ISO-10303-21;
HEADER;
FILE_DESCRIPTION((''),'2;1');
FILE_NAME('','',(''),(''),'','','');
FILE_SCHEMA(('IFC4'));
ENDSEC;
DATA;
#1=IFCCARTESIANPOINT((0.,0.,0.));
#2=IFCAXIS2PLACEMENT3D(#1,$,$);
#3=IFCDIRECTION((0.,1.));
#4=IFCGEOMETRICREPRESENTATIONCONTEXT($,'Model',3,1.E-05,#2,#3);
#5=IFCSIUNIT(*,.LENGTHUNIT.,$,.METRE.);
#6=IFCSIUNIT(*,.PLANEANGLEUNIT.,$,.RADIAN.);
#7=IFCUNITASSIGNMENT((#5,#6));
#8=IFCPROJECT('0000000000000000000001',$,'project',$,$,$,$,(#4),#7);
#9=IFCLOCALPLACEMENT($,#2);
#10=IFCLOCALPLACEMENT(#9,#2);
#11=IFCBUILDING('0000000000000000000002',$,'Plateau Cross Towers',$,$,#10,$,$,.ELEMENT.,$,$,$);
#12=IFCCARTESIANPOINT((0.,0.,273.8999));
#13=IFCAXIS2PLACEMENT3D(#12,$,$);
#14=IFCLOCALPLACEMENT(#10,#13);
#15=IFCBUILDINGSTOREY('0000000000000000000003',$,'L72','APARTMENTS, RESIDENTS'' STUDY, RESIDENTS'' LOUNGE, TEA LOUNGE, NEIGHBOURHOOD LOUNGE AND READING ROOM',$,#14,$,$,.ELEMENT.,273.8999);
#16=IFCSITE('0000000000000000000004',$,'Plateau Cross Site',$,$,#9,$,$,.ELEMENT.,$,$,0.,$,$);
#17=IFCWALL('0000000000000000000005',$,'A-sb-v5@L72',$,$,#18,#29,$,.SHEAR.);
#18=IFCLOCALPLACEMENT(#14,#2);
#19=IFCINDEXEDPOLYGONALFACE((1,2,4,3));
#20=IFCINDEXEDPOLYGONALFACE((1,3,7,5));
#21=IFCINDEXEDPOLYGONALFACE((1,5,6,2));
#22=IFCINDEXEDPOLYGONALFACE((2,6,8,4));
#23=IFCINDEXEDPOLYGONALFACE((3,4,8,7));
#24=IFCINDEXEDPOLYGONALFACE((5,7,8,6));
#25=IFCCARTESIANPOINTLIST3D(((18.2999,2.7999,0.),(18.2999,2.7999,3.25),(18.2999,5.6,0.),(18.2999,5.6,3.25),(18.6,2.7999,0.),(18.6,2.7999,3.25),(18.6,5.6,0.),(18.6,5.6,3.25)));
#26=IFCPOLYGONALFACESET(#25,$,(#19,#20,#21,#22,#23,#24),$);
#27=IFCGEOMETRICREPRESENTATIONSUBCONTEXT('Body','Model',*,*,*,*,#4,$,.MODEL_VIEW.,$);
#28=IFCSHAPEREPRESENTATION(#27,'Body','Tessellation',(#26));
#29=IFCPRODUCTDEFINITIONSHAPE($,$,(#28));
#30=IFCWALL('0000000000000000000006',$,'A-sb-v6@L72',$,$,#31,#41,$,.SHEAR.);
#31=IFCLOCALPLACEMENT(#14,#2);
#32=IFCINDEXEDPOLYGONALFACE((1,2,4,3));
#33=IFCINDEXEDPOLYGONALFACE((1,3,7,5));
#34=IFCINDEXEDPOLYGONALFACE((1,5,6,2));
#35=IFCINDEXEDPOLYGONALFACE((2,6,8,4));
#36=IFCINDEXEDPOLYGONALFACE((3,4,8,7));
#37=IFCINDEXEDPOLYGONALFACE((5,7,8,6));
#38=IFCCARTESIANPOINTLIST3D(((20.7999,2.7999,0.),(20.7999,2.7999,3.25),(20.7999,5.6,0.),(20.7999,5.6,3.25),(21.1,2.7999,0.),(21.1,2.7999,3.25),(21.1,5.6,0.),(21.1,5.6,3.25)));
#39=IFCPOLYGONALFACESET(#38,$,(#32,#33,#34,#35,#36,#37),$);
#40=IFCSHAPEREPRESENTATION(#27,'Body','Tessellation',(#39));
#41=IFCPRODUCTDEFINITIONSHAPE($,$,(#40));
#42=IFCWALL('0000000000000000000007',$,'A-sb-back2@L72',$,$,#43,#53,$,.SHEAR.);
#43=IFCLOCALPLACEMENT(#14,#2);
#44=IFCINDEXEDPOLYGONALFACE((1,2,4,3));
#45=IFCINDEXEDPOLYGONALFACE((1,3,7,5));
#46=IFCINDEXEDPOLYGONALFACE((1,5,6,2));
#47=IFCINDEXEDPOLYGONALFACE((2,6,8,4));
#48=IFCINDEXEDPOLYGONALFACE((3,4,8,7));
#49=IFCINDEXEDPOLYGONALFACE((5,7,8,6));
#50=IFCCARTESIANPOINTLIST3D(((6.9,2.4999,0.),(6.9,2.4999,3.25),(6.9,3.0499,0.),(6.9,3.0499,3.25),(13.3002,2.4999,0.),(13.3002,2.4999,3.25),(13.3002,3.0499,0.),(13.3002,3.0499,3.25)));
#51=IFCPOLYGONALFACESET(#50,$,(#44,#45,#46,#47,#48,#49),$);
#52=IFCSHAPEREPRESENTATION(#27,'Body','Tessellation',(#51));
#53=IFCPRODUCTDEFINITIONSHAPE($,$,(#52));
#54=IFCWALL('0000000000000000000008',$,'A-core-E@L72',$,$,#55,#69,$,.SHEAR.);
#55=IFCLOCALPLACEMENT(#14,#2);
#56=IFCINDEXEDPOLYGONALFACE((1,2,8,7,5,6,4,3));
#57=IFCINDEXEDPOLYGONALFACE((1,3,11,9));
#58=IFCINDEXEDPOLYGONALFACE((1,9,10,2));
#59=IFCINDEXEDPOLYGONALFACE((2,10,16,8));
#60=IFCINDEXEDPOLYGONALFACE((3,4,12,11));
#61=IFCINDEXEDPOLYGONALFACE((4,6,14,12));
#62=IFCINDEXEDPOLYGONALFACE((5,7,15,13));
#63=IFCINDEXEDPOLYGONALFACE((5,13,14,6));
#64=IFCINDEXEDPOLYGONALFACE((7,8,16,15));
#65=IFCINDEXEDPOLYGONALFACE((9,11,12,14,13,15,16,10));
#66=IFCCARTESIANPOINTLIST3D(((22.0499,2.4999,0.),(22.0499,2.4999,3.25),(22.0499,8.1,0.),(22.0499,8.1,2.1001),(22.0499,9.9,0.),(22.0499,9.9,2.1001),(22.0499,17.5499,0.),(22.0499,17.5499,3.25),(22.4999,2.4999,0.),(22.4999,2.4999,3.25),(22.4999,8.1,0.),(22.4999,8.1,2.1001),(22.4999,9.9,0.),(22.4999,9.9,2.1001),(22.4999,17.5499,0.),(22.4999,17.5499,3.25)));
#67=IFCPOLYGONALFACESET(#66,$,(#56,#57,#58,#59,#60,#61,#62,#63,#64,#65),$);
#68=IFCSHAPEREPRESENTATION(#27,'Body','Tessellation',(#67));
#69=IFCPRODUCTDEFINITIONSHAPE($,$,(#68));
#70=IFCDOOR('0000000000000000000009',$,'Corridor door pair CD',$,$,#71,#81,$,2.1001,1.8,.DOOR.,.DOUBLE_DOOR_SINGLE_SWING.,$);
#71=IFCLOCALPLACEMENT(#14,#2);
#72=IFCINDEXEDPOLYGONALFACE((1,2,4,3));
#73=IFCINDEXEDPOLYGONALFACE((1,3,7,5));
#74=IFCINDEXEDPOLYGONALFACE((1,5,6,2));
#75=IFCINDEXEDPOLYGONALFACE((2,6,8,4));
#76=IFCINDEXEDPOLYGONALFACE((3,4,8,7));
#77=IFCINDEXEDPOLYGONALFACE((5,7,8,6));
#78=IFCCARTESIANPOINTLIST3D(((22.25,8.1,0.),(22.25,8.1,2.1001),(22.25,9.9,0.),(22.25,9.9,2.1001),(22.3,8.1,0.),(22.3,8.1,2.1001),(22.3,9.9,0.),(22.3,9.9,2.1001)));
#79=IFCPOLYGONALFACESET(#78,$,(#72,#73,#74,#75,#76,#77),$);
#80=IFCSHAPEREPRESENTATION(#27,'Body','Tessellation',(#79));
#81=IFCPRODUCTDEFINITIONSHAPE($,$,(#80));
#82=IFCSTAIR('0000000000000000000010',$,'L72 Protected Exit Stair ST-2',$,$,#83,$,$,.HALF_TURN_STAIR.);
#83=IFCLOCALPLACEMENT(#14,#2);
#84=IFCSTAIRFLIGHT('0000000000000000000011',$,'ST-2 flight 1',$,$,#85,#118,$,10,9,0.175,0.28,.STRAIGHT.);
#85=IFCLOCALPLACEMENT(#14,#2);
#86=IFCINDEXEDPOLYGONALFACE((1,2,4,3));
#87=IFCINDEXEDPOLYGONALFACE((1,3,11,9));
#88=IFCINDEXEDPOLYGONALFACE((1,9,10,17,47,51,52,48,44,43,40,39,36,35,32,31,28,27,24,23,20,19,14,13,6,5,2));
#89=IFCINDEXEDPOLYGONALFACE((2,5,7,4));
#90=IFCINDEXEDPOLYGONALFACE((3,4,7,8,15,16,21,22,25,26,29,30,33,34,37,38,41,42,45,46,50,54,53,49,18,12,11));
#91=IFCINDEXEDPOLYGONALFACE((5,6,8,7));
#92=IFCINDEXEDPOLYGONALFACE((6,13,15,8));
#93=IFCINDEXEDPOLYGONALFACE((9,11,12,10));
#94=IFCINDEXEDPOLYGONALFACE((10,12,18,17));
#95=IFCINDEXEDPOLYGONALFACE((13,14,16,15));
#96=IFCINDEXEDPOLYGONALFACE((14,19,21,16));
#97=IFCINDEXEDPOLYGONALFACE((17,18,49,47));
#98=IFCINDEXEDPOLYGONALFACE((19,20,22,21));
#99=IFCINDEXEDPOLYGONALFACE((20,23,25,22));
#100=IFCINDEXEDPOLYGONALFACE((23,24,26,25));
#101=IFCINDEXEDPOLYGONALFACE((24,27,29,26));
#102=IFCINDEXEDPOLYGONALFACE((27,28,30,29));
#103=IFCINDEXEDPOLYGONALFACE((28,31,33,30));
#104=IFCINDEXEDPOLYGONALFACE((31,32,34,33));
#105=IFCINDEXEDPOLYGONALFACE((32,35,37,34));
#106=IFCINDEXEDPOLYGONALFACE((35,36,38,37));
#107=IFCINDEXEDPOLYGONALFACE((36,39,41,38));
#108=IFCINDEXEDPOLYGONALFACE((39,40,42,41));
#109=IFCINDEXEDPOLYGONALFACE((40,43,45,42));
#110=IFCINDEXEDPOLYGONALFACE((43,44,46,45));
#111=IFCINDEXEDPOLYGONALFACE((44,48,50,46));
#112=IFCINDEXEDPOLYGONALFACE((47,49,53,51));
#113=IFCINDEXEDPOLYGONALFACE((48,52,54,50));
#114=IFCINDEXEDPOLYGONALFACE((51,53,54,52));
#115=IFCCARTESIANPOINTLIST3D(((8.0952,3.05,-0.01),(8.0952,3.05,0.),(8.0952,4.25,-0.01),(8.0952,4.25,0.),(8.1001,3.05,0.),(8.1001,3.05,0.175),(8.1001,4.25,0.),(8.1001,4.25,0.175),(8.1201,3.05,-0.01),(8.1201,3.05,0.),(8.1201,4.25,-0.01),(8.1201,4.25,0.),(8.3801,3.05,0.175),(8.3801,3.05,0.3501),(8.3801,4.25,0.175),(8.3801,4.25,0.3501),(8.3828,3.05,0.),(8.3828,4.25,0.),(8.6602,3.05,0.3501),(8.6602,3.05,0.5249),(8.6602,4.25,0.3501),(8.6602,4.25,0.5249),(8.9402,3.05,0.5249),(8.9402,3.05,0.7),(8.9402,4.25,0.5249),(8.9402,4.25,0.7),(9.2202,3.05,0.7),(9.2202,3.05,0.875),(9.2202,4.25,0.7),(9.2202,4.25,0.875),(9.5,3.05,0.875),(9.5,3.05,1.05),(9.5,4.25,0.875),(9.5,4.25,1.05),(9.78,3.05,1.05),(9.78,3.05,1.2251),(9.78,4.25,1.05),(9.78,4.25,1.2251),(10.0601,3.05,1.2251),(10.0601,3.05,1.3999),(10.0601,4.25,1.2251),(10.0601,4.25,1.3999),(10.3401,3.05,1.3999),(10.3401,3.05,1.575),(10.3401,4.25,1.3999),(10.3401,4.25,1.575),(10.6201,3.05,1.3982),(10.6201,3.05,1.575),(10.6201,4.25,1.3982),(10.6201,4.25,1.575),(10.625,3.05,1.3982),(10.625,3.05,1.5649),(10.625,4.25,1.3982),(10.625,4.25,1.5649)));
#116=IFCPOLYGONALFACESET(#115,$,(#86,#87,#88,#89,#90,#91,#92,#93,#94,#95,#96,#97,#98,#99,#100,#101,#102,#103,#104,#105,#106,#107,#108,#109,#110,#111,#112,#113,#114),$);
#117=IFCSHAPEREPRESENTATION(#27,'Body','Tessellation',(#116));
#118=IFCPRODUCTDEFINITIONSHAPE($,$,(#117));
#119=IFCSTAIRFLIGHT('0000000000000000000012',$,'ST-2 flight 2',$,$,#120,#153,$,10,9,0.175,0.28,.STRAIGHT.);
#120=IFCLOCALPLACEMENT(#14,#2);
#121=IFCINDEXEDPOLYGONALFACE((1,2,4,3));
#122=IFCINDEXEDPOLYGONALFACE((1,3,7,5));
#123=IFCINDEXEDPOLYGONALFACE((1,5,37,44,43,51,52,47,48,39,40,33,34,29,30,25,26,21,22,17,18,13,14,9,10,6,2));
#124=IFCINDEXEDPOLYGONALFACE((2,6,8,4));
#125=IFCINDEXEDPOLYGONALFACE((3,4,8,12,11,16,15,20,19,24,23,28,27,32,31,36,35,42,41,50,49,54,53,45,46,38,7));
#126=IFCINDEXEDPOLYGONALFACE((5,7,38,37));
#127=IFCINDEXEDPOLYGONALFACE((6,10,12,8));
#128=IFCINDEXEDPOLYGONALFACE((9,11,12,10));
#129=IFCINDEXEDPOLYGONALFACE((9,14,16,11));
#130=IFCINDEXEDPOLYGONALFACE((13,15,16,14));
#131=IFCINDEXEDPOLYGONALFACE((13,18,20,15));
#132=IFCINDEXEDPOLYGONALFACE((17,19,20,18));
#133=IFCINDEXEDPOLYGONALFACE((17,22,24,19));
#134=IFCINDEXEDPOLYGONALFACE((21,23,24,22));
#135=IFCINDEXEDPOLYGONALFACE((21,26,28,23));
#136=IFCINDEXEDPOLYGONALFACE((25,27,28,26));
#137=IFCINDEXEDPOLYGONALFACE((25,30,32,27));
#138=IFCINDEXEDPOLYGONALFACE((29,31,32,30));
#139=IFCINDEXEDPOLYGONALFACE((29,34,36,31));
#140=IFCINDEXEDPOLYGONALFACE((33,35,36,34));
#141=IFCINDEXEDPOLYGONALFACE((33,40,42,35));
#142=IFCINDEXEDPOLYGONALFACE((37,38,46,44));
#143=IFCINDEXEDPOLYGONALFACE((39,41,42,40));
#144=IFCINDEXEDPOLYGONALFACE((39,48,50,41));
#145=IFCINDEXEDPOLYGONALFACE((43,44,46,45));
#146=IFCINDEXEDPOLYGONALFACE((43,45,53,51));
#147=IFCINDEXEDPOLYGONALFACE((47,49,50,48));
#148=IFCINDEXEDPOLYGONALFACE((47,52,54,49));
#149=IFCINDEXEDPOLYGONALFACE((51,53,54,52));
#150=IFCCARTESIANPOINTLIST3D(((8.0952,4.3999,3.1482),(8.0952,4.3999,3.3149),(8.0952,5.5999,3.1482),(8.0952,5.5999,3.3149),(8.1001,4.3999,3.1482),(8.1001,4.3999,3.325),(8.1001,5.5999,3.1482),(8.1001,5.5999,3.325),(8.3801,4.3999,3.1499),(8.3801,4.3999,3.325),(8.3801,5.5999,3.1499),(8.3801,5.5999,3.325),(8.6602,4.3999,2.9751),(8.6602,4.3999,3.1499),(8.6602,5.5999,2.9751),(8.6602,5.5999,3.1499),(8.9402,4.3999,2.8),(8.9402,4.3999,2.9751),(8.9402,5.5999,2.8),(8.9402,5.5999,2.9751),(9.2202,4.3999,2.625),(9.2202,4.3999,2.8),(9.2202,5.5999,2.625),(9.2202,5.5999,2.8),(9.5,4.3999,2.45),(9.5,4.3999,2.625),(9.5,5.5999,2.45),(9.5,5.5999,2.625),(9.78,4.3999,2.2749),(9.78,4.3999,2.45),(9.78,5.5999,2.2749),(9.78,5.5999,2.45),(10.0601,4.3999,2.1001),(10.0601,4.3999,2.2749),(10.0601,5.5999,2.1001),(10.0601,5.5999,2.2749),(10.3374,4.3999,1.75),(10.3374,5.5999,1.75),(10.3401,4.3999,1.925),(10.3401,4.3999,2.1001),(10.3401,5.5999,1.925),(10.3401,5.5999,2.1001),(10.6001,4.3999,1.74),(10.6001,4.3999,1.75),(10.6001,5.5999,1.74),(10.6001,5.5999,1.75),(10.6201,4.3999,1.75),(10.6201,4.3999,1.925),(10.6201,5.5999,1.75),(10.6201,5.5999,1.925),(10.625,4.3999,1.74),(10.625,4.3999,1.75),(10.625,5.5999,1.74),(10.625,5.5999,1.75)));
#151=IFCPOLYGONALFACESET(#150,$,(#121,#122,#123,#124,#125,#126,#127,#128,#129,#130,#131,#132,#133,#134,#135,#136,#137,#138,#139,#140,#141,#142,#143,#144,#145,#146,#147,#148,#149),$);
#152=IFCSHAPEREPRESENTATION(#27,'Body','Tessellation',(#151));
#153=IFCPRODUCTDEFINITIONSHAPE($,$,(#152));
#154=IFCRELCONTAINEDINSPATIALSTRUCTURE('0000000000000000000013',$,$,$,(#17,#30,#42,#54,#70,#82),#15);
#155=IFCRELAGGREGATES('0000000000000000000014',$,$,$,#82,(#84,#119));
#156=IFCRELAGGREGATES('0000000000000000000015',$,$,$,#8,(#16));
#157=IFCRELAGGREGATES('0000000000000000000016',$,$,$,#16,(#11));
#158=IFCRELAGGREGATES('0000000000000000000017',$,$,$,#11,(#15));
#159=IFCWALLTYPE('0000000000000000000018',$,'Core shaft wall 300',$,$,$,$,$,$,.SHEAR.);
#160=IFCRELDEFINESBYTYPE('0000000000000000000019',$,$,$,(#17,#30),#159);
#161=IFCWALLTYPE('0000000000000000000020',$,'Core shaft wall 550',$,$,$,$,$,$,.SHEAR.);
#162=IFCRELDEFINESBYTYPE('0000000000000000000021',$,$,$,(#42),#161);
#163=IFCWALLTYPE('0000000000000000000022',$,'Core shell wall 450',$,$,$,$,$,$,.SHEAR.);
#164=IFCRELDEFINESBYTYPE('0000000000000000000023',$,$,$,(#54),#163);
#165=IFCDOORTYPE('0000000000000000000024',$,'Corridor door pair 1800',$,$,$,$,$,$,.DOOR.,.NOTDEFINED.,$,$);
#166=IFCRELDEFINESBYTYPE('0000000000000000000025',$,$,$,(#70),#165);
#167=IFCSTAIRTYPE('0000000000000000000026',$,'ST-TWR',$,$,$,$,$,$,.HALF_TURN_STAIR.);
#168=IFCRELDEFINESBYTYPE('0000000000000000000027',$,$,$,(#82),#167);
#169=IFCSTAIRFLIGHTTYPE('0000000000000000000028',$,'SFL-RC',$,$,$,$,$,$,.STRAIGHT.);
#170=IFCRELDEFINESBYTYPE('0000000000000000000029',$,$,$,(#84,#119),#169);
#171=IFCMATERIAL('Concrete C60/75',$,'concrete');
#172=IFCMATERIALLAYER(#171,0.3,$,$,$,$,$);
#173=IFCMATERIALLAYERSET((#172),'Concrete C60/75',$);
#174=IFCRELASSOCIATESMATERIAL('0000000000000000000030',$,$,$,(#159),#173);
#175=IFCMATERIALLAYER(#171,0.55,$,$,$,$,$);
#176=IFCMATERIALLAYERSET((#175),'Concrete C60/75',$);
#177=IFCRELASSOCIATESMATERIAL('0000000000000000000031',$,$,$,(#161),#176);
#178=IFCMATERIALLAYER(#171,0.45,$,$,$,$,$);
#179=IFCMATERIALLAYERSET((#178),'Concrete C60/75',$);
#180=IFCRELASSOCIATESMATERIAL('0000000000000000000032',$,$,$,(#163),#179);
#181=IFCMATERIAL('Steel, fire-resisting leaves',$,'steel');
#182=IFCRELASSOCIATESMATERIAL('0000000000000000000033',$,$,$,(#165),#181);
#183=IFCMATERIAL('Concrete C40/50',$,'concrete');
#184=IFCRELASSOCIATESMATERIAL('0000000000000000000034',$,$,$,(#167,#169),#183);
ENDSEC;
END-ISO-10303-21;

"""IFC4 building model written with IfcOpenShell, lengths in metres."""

from ifc_helpers import new_model, si_unit, direction, frame, frame_2d, origin, place, context, subcontext, project, spatial, polyline, rectangle, outline, extrude, material, layer, layer_set, type_object, element, fill, aggregate, save


model = new_model("IFC4")

# Units and contexts
model_context = context("Model", 3, precision=1e-05, world=origin(), true_north=direction((0.0, 1.0)))
body_context = subcontext(model_context, "Body", "Model", "MODEL_VIEW")
ifc_project = project(units=[si_unit("LENGTHUNIT", "METRE"), si_unit("PLANEANGLEUNIT", "RADIAN")], contexts=[model_context])

# Site, building, storey
site_placement = place(None, origin())
site = spatial("IfcSite", under=ifc_project, at=site_placement, Name="Plateau Cross Site", CompositionType="ELEMENT", RefElevation=0.0)
building_placement = place(site_placement, origin())
building = spatial("IfcBuilding", under=site, at=building_placement, Name="Plateau Cross Towers", CompositionType="ELEMENT")
storey_placement = place(building_placement, frame((0.0, 0.0, 273.8999)))
storey = spatial("IfcBuildingStorey", under=building, at=storey_placement, Name="L72", Description="APARTMENTS, RESIDENTS' STUDY, RESIDENTS' LOUNGE, TEA LOUNGE, NEIGHBOURHOOD LOUNGE AND READING ROOM", CompositionType="ELEMENT", Elevation=273.8999)

# Shared definitions
ifc_material_1 = material(Name="Concrete C60/75", Category="concrete")

# Walls
ifc_layer_1 = layer(ifc_material_1, 0.3)
ifc_layer_set_1 = layer_set([ifc_layer_1], Name="Concrete C60/75")
wall_type_1 = type_object("IfcWallType", Name="Core shaft wall 300", PredefinedType="SHEAR", material=ifc_layer_set_1)
for number, where, z_axis, x_axis, name in (
    (1, (18.45, 2.8, 0.0), (0.0, 0.0, 1.0), (0.0, 1.0, 0.0), "A-sb-v5@L72"),
    (2, (20.95, 2.8, 0.0), (0.0, 0.0, 1.0), (0.0, 1.0, 0.0), "A-sb-v6@L72"),
):
    element("IfcWall", number, at=place(storey_placement, frame(where, z_axis=z_axis, x_axis=x_axis)), inside=storey, type_object=wall_type_1, Name=name, PredefinedType="SHEAR", context=body_context, shape_type="SweptSolid", body=[
        extrude(rectangle(XDim=2.8, YDim=0.3, at=frame_2d((1.3999, 0.0))), origin(), (0.0, 0.0, 1.0), 3.25),
    ])
ifc_layer_2 = layer(ifc_material_1, 0.55)
ifc_layer_set_2 = layer_set([ifc_layer_2], Name="Concrete C60/75")
wall_type_2 = type_object("IfcWallType", Name="Core shaft wall 550", PredefinedType="SHEAR", material=ifc_layer_set_2)
wall_1_placement = place(storey_placement, frame((6.8999, 2.7749, 0.0), z_axis=(0.0, 0.0, 1.0), x_axis=(1.0, 0.0, 0.0)))
element("IfcWall", 3, at=wall_1_placement, inside=storey, type_object=wall_type_2, Name="A-sb-back2@L72", PredefinedType="SHEAR", context=body_context, shape_type="SweptSolid", body=[
    extrude(rectangle(XDim=6.4001, YDim=0.55, at=frame_2d((3.2002, 0.0))), origin(), (0.0, 0.0, 1.0), 3.25),
])

# Wall, opening, door
ifc_layer_3 = layer(ifc_material_1, 0.45)
ifc_layer_set_3 = layer_set([ifc_layer_3], Name="Concrete C60/75")
wall_type_3 = type_object("IfcWallType", Name="Core shell wall 450", PredefinedType="SHEAR", material=ifc_layer_set_3)
wall_2_placement = place(storey_placement, frame((22.2749, 2.5, 0.0), z_axis=(0.0, 0.0, 1.0), x_axis=(0.0, 1.0, 0.0)))
wall_2 = element("IfcWall", 4, at=wall_2_placement, inside=storey, type_object=wall_type_3, Name="A-core-E@L72", PredefinedType="SHEAR", context=body_context, shape_type="SweptSolid", body=[
    extrude(rectangle(XDim=15.05, YDim=0.45, at=frame_2d((7.5249, 0.0))), origin(), (0.0, 0.0, 1.0), 3.25),
])
opening_placement = place(wall_2_placement, frame((5.6001, 0.0, 0.0)))
opening = element("IfcOpeningElement", 5, at=opening_placement, cuts=wall_2, PredefinedType="OPENING", context=body_context, shape_type="SweptSolid", body=[
    extrude(rectangle(XDim=1.8, YDim=2.1001, at=frame_2d((0.8999, 1.05))), frame((0.0, 0.2349, 0.0), z_axis=(0.0, -1.0, 0.0), x_axis=(1.0, 0.0, 0.0)), (0.0, 0.0, 1.0), 0.47),
])
ifc_material_2 = material(Name="Steel, fire-resisting leaves", Category="steel")
door_type = type_object("IfcDoorType", Name="Corridor door pair 1800", OperationType="NOTDEFINED", PredefinedType="DOOR", material=ifc_material_2)
door_placement = place(opening_placement, origin())
door = element("IfcDoor", 6, at=door_placement, inside=storey, type_object=door_type, Name="Corridor door pair CD", OperationType="DOUBLE_DOOR_SINGLE_SWING", OverallHeight=2.1001, OverallWidth=1.8, PredefinedType="DOOR", context=body_context, shape_type="SweptSolid", body=[
    extrude(rectangle(XDim=1.8, YDim=2.1001, at=frame_2d((0.8999, 1.05))), frame((0.0, 0.0249, 0.0), z_axis=(0.0, -1.0, 0.0), x_axis=(1.0, 0.0, 0.0)), (0.0, 0.0, 1.0), 0.05),
])
fill(opening, door)

# Stair, stair flights
ifc_material_3 = material(Name="Concrete C40/50", Category="concrete")
stair_type = type_object("IfcStairType", Name="ST-TWR", PredefinedType="HALF_TURN_STAIR", material=ifc_material_3)
stair_placement = place(storey_placement, origin())
stair = element("IfcStair", 7, at=stair_placement, inside=storey, type_object=stair_type, Name="L72 Protected Exit Stair ST-2", PredefinedType="HALF_TURN_STAIR")
stair_flight_type = type_object("IfcStairFlightType", Name="SFL-RC", PredefinedType="STRAIGHT", material=ifc_material_3)
stair_flight_1_placement = place(storey_placement, frame((8.1001, 3.6499, 0.0), z_axis=(0.0, 0.0, 1.0), x_axis=(1.0, 0.0, 0.0)))
stair_flight_1 = element("IfcStairFlight", 8, at=stair_flight_1_placement, type_object=stair_flight_type, Name="ST-2 flight 1", NumberOfRisers=10, NumberOfTreads=9, PredefinedType="STRAIGHT", RiserHeight=0.175, TreadLength=0.28, context=body_context, shape_type="SweptSolid", body=[
    extrude(outline(polyline([(-0.0049, -0.01), (-0.0049, 0.0), (0.0, 0.0), (0.0, 0.175), (0.28, 0.175), (0.28, 0.3501), (0.5601, 0.3501), (0.5601, 0.5249), (0.8401, 0.5249), (0.8401, 0.7), (1.1201, 0.7), (1.1201, 0.875), (1.3999, 0.875), (1.3999, 1.05), (1.6799, 1.05), (1.6799, 1.2251), (1.96, 1.2251), (1.96, 1.3999), (2.24, 1.3999), (2.24, 1.575), (2.52, 1.575), (2.5249, 1.5649), (2.5249, 1.3982), (2.52, 1.3982), (0.2827, 0.0), (0.02, 0.0), (0.02, -0.01), (-0.0049, -0.01)])), frame((0.0, 0.6001, 0.0), z_axis=(0.0, -1.0, 0.0), x_axis=(1.0, 0.0, 0.0)), (0.0, 0.0, 1.0), 1.2),
])
stair_flight_2_placement = place(storey_placement, frame((10.6201, 5.0, 1.75), z_axis=(0.0, 0.0, 1.0), x_axis=(-1.0, 0.0, 0.0)))
stair_flight_2 = element("IfcStairFlight", 9, at=stair_flight_2_placement, type_object=stair_flight_type, Name="ST-2 flight 2", NumberOfRisers=10, NumberOfTreads=9, PredefinedType="STRAIGHT", RiserHeight=0.175, TreadLength=0.28, context=body_context, shape_type="SweptSolid", body=[
    extrude(outline(polyline([(-0.0049, -0.01), (-0.0049, 0.0), (0.0, 0.0), (0.0, 0.175), (0.28, 0.175), (0.28, 0.3501), (0.5601, 0.3501), (0.5601, 0.5249), (0.8401, 0.5249), (0.8401, 0.7), (1.1201, 0.7), (1.1201, 0.875), (1.3999, 0.875), (1.3999, 1.05), (1.6799, 1.05), (1.6799, 1.2251), (1.96, 1.2251), (1.96, 1.3999), (2.24, 1.3999), (2.24, 1.575), (2.52, 1.575), (2.5249, 1.5649), (2.5249, 1.3982), (2.52, 1.3982), (0.2827, 0.0), (0.02, 0.0), (0.02, -0.01), (-0.0049, -0.01)])), frame((0.0, 0.6001, 0.0), z_axis=(0.0, -1.0, 0.0), x_axis=(1.0, 0.0, 0.0)), (0.0, 0.0, 1.0), 1.2),
])
aggregate(stair, [stair_flight_1, stair_flight_2])

save(model, "model.ifc")
